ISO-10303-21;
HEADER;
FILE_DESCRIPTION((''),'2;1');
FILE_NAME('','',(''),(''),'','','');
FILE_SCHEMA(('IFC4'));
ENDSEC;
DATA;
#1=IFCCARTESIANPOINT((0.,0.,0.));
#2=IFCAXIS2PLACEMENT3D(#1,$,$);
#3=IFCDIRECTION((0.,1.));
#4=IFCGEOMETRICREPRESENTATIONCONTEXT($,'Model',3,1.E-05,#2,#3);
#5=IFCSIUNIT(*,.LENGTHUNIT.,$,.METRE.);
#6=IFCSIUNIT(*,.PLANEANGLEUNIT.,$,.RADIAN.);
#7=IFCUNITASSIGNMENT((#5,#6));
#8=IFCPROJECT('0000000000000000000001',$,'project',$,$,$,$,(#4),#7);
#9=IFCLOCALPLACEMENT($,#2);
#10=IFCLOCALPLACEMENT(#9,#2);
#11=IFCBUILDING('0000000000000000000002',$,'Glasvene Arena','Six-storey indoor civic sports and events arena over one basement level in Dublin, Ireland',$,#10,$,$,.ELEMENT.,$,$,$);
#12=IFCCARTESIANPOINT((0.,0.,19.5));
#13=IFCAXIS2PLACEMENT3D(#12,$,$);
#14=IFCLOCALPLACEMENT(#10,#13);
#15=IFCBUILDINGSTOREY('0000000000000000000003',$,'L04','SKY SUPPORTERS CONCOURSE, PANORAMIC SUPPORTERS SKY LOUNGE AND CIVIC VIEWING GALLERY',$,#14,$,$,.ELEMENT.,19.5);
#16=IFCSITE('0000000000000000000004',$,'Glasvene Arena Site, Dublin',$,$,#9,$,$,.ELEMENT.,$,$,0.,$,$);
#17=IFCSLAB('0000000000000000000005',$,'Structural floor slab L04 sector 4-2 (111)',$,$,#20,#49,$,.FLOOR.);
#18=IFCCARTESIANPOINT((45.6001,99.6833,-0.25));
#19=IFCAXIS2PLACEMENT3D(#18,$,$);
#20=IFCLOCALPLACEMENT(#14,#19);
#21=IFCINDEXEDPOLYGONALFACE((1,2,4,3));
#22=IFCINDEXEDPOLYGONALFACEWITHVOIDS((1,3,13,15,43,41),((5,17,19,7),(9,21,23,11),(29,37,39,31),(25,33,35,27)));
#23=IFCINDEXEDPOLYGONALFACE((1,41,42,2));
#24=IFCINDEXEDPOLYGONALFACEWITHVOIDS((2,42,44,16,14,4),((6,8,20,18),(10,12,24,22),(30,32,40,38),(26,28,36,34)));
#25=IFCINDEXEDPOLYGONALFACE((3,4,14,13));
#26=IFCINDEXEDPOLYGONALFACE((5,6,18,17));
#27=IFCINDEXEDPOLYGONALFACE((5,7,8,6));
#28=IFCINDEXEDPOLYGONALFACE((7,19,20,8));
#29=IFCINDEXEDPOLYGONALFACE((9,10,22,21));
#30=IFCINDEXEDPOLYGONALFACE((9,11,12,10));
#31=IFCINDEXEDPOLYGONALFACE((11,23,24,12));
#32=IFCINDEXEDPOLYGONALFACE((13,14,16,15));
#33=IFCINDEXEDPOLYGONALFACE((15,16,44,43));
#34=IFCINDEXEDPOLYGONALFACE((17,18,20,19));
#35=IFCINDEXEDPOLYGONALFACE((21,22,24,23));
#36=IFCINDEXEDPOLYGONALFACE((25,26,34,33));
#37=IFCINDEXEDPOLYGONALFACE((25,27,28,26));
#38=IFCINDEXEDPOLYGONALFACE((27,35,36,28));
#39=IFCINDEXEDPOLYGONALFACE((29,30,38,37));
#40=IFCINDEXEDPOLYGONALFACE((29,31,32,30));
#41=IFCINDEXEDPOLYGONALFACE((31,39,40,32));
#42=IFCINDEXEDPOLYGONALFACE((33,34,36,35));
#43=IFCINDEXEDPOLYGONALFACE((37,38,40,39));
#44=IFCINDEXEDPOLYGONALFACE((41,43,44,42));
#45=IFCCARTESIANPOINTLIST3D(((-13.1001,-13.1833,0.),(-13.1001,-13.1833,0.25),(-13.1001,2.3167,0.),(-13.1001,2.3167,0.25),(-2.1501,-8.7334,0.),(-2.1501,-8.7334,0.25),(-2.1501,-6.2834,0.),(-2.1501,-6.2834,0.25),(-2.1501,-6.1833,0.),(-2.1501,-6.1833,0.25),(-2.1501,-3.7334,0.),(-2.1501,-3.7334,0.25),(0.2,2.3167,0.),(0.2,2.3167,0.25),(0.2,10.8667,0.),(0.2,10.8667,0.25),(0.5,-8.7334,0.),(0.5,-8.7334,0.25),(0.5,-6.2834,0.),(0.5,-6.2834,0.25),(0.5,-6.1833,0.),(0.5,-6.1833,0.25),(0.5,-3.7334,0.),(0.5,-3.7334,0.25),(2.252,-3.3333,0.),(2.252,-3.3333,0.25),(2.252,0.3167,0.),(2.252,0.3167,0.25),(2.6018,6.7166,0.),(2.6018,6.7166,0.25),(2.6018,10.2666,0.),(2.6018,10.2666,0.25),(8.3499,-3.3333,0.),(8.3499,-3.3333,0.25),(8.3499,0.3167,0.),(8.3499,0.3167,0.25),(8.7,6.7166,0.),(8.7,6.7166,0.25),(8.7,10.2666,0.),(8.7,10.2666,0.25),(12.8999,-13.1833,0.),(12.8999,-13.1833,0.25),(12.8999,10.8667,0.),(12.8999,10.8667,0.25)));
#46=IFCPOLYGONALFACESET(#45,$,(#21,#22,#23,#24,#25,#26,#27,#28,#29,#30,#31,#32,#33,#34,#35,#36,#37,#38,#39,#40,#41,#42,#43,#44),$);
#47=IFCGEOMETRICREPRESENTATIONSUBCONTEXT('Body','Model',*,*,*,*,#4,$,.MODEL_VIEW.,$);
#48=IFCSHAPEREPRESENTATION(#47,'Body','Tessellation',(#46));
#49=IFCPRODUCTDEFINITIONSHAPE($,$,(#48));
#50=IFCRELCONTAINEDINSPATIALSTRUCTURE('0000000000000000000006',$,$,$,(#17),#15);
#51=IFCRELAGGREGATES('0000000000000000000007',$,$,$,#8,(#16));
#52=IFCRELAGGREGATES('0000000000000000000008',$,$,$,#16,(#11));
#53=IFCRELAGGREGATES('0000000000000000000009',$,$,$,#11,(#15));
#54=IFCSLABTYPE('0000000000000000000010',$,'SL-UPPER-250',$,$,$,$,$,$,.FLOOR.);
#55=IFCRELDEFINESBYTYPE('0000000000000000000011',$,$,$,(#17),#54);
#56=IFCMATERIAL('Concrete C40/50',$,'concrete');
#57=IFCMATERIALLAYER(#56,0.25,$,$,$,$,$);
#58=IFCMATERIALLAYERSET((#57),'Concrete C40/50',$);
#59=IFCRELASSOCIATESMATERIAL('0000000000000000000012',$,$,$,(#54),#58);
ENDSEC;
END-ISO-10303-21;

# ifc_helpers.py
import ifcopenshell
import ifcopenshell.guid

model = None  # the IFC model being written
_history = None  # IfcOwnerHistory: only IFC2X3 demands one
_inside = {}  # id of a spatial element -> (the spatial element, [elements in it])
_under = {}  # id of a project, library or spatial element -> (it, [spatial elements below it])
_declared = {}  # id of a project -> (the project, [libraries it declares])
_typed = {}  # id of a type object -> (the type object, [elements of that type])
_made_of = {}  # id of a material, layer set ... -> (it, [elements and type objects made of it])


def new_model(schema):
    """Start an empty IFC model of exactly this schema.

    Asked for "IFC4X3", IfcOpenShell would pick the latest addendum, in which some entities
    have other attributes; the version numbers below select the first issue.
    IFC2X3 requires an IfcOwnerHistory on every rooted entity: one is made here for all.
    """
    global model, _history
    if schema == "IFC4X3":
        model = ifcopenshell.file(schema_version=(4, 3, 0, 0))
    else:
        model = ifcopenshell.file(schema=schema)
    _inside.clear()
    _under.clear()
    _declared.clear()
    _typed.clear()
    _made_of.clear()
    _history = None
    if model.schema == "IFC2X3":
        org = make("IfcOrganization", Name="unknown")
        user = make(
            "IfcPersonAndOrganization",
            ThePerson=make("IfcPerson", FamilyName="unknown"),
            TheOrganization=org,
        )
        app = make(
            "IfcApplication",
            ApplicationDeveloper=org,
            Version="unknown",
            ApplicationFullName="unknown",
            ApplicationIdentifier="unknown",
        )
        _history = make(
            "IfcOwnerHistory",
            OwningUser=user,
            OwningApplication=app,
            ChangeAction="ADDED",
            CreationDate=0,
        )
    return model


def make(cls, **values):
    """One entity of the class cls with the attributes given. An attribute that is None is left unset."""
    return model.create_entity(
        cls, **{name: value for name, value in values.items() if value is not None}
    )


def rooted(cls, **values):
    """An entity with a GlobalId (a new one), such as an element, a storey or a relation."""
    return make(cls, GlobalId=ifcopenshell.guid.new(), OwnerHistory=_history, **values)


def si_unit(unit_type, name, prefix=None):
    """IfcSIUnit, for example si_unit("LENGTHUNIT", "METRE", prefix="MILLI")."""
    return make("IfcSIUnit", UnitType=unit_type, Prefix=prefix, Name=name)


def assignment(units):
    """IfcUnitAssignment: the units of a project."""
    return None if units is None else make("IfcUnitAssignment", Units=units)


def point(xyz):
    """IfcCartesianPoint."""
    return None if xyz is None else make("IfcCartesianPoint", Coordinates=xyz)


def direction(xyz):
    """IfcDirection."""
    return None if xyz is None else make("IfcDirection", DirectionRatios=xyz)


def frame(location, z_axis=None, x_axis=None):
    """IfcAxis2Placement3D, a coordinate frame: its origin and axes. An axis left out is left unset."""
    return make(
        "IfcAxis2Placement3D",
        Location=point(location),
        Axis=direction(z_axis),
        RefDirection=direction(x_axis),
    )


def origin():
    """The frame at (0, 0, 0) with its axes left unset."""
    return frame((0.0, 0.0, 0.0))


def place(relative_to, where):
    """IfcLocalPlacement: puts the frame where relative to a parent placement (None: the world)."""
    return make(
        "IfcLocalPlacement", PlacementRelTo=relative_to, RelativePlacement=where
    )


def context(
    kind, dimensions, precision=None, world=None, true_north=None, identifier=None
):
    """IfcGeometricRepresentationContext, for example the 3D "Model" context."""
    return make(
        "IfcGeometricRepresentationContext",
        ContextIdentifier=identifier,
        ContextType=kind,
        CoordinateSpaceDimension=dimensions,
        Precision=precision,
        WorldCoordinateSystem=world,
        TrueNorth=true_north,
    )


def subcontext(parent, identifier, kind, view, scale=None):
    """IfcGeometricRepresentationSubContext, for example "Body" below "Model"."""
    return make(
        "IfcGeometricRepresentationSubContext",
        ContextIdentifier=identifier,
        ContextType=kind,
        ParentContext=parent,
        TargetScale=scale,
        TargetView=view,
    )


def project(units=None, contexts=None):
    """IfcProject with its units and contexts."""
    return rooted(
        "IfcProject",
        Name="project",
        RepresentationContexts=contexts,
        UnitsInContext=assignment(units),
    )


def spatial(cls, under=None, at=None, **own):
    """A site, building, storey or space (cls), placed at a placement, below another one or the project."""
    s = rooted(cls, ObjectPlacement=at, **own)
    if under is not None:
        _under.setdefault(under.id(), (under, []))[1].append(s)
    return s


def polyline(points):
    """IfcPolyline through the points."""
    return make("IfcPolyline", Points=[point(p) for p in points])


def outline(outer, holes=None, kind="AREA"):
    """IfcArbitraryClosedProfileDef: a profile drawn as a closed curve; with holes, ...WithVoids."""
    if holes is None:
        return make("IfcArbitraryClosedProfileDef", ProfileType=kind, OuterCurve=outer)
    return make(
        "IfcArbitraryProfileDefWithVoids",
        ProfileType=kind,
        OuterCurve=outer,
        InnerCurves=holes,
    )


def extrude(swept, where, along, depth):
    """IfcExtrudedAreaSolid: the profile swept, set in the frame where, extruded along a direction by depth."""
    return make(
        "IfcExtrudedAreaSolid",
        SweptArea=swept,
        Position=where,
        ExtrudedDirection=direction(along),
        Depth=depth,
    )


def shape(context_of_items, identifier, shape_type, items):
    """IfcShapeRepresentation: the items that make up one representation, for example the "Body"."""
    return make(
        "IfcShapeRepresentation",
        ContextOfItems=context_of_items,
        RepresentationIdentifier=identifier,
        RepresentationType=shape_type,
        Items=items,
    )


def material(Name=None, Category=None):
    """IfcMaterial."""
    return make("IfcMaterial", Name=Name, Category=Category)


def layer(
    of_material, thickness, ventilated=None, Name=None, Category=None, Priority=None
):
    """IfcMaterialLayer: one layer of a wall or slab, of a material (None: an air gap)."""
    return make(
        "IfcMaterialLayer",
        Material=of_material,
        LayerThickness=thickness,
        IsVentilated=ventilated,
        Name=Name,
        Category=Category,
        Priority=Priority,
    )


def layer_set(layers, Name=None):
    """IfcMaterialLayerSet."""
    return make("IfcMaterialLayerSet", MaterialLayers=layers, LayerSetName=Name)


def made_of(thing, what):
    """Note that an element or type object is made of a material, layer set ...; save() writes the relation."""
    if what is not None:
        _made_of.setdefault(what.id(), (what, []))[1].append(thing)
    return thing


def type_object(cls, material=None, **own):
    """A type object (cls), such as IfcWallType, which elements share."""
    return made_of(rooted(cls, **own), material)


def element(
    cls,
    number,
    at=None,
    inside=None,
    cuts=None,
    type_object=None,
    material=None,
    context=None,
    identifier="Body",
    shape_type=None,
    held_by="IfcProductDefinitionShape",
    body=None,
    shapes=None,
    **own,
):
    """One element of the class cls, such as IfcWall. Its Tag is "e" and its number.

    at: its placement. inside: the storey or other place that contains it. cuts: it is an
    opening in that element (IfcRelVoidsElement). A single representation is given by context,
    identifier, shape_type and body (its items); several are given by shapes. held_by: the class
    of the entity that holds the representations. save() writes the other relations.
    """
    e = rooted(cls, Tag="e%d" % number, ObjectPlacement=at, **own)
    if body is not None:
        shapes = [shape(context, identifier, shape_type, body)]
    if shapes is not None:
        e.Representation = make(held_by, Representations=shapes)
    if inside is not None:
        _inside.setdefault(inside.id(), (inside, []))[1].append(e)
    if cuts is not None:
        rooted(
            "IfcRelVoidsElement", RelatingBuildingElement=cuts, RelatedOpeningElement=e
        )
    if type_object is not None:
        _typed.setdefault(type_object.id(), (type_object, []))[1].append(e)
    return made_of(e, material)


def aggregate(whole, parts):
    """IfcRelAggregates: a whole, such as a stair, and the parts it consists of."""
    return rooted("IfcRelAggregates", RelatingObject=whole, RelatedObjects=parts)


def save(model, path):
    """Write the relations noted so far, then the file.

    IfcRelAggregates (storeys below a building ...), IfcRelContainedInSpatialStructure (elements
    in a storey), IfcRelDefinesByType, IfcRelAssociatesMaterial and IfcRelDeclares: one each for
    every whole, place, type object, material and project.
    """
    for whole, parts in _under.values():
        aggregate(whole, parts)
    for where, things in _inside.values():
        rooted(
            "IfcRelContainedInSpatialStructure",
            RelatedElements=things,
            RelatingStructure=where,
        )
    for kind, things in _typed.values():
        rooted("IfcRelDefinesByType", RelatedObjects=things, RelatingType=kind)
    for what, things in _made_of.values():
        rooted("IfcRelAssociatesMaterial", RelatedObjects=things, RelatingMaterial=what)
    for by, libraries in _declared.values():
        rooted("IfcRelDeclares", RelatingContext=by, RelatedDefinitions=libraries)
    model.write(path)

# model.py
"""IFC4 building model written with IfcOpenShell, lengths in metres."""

from ifc_helpers import new_model, si_unit, direction, frame, origin, place, context, subcontext, project, spatial, polyline, outline, extrude, material, layer, layer_set, type_object, element, save


model = new_model("IFC4")

# Units and contexts
model_context = context("Model", 3, precision=1e-05, world=origin(), true_north=direction((0.0, 1.0)))
body_context = subcontext(model_context, "Body", "Model", "MODEL_VIEW")
ifc_project = project(units=[si_unit("LENGTHUNIT", "METRE"), si_unit("PLANEANGLEUNIT", "RADIAN")], contexts=[model_context])

# Site, building, storey
site_placement = place(None, origin())
site = spatial("IfcSite", under=ifc_project, at=site_placement, Name="Glasvene Arena Site, Dublin", CompositionType="ELEMENT", RefElevation=0.0)
building_placement = place(site_placement, origin())
building = spatial("IfcBuilding", under=site, at=building_placement, Name="Glasvene Arena", Description="Six-storey indoor civic sports and events arena over one basement level in Dublin, Ireland", CompositionType="ELEMENT")
storey_placement = place(building_placement, frame((0.0, 0.0, 19.5)))
storey = spatial("IfcBuildingStorey", under=building, at=storey_placement, Name="L04", Description="SKY SUPPORTERS CONCOURSE, PANORAMIC SUPPORTERS SKY LOUNGE AND CIVIC VIEWING GALLERY", CompositionType="ELEMENT", Elevation=19.5)

# Slab
ifc_material_1 = material(Name="Concrete C40/50", Category="concrete")
ifc_layer_1 = layer(ifc_material_1, 0.25)
ifc_layer_set_1 = layer_set([ifc_layer_1], Name="Concrete C40/50")
slab_type = type_object("IfcSlabType", Name="SL-UPPER-250", PredefinedType="FLOOR", material=ifc_layer_set_1)
slab_placement = place(storey_placement, frame((45.6001, 99.6833, -0.25)))
element("IfcSlab", 1, at=slab_placement, inside=storey, type_object=slab_type, Name="Structural floor slab L04 sector 4-2 (111)", PredefinedType="FLOOR", context=body_context, shape_type="SweptSolid", body=[
    extrude(outline(polyline([(0.2, 2.3167), (0.2, 10.8667), (12.8999, 10.8667), (12.8999, -13.1833), (-13.1001, -13.1833), (-13.1001, 2.3167), (0.2, 2.3167)]), holes=[polyline([(0.5, -8.7334), (0.5, -6.2834), (-2.1501, -6.2834), (-2.1501, -8.7334), (0.5, -8.7334)]), polyline([(0.5, -3.7334), (-2.1501, -3.7334), (-2.1501, -6.1833), (0.5, -6.1833), (0.5, -3.7334)]), polyline([(8.3499, -3.3333), (8.3499, 0.3167), (2.252, 0.3167), (2.252, -3.3333), (8.3499, -3.3333)]), polyline([(8.7, 6.7166), (8.7, 10.2666), (2.6018, 10.2666), (2.6018, 6.7166), (8.7, 6.7166)])]), origin(), (0.0, 0.0, 1.0), 0.25),
])

save(model, "model.ifc")
